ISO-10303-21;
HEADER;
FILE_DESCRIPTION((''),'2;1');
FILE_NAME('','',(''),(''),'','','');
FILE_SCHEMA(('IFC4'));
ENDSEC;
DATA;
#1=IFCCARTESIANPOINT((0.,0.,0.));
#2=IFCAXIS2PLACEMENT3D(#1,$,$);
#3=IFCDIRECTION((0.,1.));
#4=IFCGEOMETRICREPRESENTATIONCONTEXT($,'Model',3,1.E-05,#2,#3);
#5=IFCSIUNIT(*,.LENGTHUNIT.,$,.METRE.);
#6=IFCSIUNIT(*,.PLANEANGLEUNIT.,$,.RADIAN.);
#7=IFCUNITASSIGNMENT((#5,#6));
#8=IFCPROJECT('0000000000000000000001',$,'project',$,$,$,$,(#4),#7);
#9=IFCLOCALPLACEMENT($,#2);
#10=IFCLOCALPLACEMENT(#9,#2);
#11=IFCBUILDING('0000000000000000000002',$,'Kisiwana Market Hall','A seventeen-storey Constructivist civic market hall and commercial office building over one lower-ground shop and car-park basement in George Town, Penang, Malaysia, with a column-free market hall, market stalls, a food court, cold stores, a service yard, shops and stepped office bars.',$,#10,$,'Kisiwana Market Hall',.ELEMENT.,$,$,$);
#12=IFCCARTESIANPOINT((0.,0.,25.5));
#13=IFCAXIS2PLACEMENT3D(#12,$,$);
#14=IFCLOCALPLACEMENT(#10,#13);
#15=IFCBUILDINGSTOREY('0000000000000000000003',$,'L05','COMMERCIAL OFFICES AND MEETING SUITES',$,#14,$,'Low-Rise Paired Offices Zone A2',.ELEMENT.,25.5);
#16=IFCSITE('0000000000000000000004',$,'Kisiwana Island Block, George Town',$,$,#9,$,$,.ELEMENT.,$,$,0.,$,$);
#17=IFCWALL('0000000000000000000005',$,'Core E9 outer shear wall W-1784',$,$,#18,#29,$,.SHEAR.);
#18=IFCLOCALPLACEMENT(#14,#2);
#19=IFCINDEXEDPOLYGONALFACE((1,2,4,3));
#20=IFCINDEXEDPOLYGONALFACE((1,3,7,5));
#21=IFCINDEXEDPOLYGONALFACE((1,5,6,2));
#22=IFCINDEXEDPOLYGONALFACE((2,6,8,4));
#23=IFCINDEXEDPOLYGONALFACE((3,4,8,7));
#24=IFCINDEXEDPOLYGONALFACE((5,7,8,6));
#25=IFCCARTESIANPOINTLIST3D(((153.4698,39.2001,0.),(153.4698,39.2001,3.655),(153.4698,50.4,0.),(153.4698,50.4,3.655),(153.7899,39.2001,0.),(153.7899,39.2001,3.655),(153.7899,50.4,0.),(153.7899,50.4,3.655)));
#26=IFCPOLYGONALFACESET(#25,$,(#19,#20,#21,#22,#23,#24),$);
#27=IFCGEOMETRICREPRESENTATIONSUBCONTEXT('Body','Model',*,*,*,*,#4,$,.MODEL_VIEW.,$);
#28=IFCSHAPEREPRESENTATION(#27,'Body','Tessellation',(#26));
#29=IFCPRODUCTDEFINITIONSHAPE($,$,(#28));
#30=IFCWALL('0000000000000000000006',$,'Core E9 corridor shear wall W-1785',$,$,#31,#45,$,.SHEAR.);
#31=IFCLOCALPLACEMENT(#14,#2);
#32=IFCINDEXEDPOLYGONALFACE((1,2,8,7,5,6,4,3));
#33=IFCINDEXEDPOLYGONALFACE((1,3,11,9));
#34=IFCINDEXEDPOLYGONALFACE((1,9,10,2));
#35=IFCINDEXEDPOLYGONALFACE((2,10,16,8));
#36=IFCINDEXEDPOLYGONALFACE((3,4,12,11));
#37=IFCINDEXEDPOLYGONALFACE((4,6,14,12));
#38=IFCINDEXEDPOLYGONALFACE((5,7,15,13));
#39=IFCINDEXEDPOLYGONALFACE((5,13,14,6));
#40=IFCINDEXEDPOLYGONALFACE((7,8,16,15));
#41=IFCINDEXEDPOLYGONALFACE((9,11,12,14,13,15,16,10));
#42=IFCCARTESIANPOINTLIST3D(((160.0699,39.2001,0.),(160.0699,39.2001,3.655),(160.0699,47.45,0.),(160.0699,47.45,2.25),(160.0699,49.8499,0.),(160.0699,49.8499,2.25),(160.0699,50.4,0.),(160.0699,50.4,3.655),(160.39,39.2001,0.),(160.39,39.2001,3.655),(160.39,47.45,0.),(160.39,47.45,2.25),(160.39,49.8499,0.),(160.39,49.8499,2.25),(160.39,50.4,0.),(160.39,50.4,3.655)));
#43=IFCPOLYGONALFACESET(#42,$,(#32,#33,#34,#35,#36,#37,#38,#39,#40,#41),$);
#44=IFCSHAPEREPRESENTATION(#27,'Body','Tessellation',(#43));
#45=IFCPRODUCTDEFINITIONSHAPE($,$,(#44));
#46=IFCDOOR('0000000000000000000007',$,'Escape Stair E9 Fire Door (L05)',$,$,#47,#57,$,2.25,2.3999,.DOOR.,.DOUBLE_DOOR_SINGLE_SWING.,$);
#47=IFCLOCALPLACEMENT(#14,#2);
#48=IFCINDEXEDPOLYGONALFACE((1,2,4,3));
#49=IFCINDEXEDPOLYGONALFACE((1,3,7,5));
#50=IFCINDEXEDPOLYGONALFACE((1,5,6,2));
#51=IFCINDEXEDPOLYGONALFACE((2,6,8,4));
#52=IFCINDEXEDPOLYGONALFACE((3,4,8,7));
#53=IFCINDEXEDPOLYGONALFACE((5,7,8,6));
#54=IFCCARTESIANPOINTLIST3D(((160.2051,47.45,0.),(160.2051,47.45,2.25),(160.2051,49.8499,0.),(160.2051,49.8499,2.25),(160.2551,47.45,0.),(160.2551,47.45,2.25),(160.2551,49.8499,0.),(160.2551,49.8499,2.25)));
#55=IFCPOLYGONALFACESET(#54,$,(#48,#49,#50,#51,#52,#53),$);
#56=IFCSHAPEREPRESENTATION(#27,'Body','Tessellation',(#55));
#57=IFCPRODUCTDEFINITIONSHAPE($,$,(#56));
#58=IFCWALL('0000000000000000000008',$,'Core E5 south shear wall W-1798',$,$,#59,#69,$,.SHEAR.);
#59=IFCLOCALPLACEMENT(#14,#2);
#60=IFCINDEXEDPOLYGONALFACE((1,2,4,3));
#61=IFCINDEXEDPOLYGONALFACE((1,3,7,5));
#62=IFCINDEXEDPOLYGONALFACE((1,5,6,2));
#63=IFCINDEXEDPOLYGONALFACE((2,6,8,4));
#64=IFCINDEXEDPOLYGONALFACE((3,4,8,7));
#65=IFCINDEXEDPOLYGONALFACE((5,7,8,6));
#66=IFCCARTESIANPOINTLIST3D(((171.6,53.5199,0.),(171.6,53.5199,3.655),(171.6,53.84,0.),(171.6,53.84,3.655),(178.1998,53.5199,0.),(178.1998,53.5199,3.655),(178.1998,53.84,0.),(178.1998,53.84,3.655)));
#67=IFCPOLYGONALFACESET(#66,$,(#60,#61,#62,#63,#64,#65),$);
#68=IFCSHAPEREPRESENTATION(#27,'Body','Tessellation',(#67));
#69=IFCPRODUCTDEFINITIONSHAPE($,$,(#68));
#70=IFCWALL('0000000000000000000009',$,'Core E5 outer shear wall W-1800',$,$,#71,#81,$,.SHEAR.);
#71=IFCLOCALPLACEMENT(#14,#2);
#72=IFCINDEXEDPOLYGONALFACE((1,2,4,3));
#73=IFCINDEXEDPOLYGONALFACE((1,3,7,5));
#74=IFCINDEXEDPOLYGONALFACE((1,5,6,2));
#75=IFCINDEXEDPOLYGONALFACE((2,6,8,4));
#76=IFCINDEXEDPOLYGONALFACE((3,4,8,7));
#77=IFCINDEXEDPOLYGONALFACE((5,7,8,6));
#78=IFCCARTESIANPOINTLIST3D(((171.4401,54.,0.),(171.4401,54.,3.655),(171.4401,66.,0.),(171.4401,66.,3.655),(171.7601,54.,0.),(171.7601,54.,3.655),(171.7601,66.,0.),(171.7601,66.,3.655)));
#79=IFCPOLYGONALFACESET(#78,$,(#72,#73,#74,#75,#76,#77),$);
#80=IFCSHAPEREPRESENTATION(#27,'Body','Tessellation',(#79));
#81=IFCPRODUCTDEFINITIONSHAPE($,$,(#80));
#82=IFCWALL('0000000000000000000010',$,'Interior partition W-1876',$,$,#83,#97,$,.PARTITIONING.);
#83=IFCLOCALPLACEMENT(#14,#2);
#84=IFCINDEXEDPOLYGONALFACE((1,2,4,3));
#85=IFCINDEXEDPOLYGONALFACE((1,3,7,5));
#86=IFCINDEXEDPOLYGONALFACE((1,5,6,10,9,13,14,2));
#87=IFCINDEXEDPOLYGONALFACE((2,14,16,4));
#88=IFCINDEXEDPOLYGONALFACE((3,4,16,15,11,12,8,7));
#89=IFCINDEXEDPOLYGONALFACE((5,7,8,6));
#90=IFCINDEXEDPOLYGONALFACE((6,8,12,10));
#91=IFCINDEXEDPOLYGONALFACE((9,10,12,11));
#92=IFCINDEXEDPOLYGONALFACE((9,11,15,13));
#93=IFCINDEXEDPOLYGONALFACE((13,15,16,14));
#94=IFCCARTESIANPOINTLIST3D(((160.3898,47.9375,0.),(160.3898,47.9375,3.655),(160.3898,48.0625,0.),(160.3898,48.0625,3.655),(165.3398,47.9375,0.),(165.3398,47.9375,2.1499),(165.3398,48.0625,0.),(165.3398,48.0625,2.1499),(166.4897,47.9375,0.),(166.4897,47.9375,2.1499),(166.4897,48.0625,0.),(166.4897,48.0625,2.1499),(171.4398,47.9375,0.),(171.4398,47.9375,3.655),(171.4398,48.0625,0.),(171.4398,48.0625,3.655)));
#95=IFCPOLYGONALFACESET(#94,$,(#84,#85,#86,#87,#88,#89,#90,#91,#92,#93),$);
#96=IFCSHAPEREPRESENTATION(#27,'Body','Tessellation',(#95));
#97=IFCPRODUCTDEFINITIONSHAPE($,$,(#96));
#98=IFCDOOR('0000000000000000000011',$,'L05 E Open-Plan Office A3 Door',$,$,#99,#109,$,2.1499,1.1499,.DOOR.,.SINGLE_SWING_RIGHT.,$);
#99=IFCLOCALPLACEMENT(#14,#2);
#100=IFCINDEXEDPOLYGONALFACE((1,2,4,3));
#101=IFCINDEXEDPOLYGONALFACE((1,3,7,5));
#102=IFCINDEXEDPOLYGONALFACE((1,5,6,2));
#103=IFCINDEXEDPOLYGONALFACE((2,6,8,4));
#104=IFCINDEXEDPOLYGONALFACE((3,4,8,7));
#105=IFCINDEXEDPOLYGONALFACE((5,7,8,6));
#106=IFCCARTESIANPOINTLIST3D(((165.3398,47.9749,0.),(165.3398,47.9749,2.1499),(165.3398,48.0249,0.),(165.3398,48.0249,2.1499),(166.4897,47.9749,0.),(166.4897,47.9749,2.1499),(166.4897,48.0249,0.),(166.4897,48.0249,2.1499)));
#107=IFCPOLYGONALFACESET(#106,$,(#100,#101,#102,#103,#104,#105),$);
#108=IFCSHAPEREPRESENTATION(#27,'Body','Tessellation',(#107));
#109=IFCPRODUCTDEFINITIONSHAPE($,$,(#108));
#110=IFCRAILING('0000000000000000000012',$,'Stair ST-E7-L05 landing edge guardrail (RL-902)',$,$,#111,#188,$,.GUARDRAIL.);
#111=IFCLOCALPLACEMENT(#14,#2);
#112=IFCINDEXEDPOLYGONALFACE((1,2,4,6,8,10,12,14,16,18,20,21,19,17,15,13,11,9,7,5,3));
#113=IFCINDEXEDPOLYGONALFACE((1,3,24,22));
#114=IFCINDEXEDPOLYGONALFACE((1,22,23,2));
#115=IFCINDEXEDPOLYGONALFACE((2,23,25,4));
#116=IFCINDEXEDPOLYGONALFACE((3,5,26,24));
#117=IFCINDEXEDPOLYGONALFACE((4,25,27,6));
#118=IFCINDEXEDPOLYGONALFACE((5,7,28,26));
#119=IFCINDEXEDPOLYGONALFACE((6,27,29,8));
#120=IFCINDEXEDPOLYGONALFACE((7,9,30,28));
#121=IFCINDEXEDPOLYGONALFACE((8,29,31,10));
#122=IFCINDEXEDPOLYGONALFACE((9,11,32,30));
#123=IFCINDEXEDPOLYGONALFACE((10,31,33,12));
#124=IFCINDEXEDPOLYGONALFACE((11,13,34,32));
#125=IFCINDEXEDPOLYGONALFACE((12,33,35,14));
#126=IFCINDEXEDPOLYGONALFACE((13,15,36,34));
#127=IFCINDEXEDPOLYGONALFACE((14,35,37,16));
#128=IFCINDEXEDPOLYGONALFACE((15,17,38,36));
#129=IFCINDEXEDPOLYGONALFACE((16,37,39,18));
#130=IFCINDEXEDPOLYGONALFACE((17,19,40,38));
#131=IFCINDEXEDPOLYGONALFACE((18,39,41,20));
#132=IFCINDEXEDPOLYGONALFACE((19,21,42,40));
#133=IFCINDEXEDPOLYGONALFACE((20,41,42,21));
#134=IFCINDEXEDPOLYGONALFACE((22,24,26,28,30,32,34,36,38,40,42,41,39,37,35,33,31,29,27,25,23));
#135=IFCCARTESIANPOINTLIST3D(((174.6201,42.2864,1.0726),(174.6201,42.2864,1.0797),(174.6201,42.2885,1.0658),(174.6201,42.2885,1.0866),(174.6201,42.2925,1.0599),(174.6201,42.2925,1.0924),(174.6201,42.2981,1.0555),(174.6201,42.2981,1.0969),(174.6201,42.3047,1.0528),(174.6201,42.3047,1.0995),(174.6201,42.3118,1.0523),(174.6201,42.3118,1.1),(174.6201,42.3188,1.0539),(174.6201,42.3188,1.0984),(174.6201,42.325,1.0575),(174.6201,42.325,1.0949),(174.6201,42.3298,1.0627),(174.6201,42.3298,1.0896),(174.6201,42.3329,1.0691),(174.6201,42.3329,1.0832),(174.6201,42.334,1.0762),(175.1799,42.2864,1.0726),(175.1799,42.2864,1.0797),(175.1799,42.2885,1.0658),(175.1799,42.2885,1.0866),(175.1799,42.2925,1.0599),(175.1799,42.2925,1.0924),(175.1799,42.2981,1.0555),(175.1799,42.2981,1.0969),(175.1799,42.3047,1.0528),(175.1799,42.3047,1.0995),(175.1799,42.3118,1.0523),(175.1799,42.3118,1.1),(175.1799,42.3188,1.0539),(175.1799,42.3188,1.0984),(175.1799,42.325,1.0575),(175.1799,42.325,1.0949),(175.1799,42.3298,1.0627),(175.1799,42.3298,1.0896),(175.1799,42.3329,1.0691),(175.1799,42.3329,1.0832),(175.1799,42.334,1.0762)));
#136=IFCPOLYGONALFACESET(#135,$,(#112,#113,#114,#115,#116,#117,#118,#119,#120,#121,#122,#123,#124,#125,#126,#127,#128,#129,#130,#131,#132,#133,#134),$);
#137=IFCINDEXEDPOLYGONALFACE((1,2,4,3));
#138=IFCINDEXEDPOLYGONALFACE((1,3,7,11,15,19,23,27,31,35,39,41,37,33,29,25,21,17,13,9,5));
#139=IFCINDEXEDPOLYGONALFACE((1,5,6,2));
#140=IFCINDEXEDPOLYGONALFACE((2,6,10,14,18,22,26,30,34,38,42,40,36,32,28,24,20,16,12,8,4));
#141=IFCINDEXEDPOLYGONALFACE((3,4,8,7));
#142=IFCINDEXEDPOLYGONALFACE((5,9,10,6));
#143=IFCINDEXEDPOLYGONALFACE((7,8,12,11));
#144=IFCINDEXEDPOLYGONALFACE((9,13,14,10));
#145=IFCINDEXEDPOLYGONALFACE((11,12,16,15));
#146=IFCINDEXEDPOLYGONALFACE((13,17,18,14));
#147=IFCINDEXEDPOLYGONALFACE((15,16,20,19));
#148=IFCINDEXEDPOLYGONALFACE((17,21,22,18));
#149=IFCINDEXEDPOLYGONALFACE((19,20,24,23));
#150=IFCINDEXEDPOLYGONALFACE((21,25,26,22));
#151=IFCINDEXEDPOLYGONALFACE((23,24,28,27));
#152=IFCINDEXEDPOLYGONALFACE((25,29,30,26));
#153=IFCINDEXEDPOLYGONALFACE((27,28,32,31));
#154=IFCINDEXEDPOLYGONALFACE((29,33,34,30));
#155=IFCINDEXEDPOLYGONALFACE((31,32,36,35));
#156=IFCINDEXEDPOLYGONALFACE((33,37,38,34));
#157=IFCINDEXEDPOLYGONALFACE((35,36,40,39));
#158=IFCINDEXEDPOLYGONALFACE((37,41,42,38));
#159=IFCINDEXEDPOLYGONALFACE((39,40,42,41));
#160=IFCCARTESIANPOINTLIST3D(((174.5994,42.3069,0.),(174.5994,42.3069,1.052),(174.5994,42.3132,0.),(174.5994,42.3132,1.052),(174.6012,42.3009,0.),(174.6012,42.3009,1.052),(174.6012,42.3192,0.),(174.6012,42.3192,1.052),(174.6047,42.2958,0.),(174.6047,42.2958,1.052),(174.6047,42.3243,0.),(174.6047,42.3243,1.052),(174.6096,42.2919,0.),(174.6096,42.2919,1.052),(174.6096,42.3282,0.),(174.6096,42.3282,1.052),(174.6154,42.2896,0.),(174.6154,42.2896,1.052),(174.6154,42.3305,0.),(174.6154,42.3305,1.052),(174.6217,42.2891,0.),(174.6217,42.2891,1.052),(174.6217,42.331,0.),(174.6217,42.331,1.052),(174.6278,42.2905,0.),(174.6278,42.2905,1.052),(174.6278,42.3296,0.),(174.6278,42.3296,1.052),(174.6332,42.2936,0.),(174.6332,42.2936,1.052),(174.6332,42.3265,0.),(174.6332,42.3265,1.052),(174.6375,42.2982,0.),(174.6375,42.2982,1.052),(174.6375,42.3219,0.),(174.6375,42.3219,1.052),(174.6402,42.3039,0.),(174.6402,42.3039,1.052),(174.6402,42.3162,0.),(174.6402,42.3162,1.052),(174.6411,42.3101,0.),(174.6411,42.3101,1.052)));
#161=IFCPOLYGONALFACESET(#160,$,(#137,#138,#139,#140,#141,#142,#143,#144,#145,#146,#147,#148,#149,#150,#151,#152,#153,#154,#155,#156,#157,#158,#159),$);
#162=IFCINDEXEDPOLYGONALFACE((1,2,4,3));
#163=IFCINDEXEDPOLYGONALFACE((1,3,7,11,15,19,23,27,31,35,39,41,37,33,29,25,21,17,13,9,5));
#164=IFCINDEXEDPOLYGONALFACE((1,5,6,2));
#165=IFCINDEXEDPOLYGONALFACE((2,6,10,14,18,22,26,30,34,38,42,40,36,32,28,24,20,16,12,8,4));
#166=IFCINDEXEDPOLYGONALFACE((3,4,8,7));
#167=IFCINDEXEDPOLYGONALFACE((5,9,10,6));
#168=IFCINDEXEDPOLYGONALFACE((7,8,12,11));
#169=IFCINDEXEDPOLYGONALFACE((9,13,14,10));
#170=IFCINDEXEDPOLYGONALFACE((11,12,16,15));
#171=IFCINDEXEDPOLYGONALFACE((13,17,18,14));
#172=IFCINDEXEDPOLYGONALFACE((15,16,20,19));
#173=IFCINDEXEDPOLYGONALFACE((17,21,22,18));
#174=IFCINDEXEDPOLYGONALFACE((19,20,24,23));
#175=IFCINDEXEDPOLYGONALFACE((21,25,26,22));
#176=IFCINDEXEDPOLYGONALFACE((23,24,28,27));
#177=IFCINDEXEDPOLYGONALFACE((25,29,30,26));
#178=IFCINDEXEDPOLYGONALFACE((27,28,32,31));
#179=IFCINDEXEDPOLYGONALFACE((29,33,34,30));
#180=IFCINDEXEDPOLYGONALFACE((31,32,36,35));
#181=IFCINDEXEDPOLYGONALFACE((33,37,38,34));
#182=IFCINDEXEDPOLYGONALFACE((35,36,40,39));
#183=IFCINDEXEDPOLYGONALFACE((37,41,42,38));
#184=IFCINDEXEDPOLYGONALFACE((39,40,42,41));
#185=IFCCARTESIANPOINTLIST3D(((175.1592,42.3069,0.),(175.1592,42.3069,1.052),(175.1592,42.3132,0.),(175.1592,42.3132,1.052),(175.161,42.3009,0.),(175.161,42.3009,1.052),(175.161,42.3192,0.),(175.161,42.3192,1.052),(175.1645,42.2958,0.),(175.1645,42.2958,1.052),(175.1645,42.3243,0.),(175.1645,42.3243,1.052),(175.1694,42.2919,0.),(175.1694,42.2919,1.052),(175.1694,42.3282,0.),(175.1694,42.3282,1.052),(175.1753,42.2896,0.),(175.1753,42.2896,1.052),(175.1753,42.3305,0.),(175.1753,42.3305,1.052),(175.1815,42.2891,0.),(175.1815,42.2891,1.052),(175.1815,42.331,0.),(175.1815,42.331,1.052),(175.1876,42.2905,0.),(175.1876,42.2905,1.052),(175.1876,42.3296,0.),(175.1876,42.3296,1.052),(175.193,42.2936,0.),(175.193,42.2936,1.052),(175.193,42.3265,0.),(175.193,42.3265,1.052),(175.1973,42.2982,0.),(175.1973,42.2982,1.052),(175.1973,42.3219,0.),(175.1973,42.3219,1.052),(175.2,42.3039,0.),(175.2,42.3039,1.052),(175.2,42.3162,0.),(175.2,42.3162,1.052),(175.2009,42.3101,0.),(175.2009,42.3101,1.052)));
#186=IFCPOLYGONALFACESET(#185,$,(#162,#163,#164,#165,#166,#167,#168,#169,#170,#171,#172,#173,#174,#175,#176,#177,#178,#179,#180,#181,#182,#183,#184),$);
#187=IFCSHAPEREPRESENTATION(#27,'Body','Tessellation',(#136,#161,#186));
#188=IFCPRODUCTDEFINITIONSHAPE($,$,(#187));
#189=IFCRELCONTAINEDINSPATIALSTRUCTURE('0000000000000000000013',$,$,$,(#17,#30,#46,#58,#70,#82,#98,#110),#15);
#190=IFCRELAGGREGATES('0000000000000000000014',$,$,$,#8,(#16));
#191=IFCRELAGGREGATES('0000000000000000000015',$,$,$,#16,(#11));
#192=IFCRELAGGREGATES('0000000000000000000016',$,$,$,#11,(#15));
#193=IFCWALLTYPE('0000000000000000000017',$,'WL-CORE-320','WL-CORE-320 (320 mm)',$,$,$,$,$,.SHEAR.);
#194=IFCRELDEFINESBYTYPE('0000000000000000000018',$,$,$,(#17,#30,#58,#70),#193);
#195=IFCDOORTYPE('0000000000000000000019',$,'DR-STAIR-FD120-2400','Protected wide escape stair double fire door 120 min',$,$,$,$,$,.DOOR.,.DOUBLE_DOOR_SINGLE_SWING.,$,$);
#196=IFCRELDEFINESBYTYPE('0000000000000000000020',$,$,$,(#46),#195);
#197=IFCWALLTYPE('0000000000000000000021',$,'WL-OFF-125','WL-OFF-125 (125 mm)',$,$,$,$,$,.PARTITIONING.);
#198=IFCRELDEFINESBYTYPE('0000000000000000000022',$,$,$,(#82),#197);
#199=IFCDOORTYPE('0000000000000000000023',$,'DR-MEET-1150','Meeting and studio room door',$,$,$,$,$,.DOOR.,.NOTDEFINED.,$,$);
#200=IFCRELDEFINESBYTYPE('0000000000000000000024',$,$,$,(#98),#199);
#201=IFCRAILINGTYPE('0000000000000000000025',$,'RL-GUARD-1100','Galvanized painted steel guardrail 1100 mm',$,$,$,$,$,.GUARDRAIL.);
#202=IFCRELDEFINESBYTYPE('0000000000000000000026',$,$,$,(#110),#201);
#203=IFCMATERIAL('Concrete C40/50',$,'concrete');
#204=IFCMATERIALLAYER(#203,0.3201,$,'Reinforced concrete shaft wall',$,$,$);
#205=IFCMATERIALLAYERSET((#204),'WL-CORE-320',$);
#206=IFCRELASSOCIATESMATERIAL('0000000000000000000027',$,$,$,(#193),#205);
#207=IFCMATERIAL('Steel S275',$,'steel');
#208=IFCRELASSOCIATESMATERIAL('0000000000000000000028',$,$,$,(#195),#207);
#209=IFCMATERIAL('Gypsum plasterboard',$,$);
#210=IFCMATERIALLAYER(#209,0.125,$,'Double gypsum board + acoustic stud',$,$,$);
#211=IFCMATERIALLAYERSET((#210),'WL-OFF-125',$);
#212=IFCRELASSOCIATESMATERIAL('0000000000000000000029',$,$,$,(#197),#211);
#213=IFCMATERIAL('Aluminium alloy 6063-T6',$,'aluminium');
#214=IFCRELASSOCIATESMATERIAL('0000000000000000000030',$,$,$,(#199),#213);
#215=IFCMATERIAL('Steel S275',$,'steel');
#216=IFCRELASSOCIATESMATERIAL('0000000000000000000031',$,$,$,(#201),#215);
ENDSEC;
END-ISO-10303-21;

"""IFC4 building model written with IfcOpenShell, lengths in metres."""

from ifc_helpers import new_model, si_unit, direction, frame, frame_2d, origin, origin_2d, place, context, subcontext, project, spatial, rectangle, circle, extrude, material, layer, layer_set, type_object, element, fill, save


model = new_model("IFC4")

# Units and contexts
model_context = context("Model", 3, precision=1e-05, world=origin(), true_north=direction((0.0, 1.0)))
body_context = subcontext(model_context, "Body", "Model", "MODEL_VIEW")
ifc_project = project(units=[si_unit("LENGTHUNIT", "METRE"), si_unit("PLANEANGLEUNIT", "RADIAN")], contexts=[model_context])

# Site, building, storey
site_placement = place(None, origin())
site = spatial("IfcSite", under=ifc_project, at=site_placement, Name="Kisiwana Island Block, George Town", CompositionType="ELEMENT", RefElevation=0.0)
building_placement = place(site_placement, origin())
building = spatial("IfcBuilding", under=site, at=building_placement, Name="Kisiwana Market Hall", Description="A seventeen-storey Constructivist civic market hall and commercial office building over one lower-ground shop and car-park basement in George Town, Penang, Malaysia, with a column-free market hall, market stalls, a food court, cold stores, a service yard, shops and stepped office bars.", LongName="Kisiwana Market Hall", CompositionType="ELEMENT")
storey_placement = place(building_placement, frame((0.0, 0.0, 25.5)))
storey = spatial("IfcBuildingStorey", under=building, at=storey_placement, Name="L05", Description="COMMERCIAL OFFICES AND MEETING SUITES", LongName="Low-Rise Paired Offices Zone A2", CompositionType="ELEMENT", Elevation=25.5)

# Wall
ifc_material_1 = material(Name="Concrete C40/50", Category="concrete")
ifc_layer_1 = layer(ifc_material_1, 0.3201, Name="Reinforced concrete shaft wall")
ifc_layer_set_1 = layer_set([ifc_layer_1], Name="WL-CORE-320")
wall_type_1 = type_object("IfcWallType", Name="WL-CORE-320", Description="WL-CORE-320 (320 mm)", PredefinedType="SHEAR", material=ifc_layer_set_1)
wall_1_placement = place(storey_placement, frame((153.6299, 39.2, 0.0), z_axis=(0.0, 0.0, 1.0), x_axis=(0.0, 1.0, 0.0)))
element("IfcWall", 1, at=wall_1_placement, inside=storey, type_object=wall_type_1, Name="Core E9 outer shear wall W-1784", PredefinedType="SHEAR", context=body_context, shape_type="SweptSolid", body=[
    extrude(rectangle(XDim=11.2, YDim=0.3201, at=frame_2d((5.6001, 0.0))), origin(), (0.0, 0.0, 1.0), 3.655),
])

# Wall, opening, door
wall_2_placement = place(storey_placement, frame((160.23, 39.2, 0.0), z_axis=(0.0, 0.0, 1.0), x_axis=(0.0, 1.0, 0.0)))
wall_2 = element("IfcWall", 2, at=wall_2_placement, inside=storey, type_object=wall_type_1, Name="Core E9 corridor shear wall W-1785", PredefinedType="SHEAR", context=body_context, shape_type="SweptSolid", body=[
    extrude(rectangle(XDim=11.2, YDim=0.3201, at=frame_2d((5.6001, 0.0))), origin(), (0.0, 0.0, 1.0), 3.655),
])
opening_1_placement = place(wall_2_placement, frame((8.25, 0.0, 0.0)))
opening_1 = element("IfcOpeningElement", 3, at=opening_1_placement, cuts=wall_2, PredefinedType="OPENING", context=body_context, shape_type="SweptSolid", body=[
    extrude(rectangle(XDim=2.3999, YDim=2.25, at=frame_2d((1.2, 1.125))), frame((0.0, 0.1719, 0.0), z_axis=(0.0, -1.0, 0.0), x_axis=(1.0, 0.0, 0.0)), (0.0, 0.0, 1.0), 0.344),
])
ifc_material_2 = material(Name="Steel S275", Category="steel")
door_type_1 = type_object("IfcDoorType", Name="DR-STAIR-FD120-2400", Description="Protected wide escape stair double fire door 120 min", OperationType="DOUBLE_DOOR_SINGLE_SWING", PredefinedType="DOOR", material=ifc_material_2)
door_1_placement = place(opening_1_placement, origin())
door_1 = element("IfcDoor", 4, at=door_1_placement, inside=storey, type_object=door_type_1, Name="Escape Stair E9 Fire Door (L05)", OperationType="DOUBLE_DOOR_SINGLE_SWING", OverallHeight=2.25, OverallWidth=2.3999, PredefinedType="DOOR", context=body_context, shape_type="SweptSolid", body=[
    extrude(rectangle(XDim=2.3999, YDim=2.25, at=frame_2d((1.2, 1.125))), frame((0.0, 0.0249, 0.0), z_axis=(0.0, -1.0, 0.0), x_axis=(1.0, 0.0, 0.0)), (0.0, 0.0, 1.0), 0.05),
])
fill(opening_1, door_1)

# Walls
wall_3_placement = place(storey_placement, frame((171.6001, 53.6799, 0.0), z_axis=(0.0, 0.0, 1.0), x_axis=(1.0, 0.0, 0.0)))
element("IfcWall", 5, at=wall_3_placement, inside=storey, type_object=wall_type_1, Name="Core E5 south shear wall W-1798", PredefinedType="SHEAR", context=body_context, shape_type="SweptSolid", body=[
    extrude(rectangle(XDim=6.5999, YDim=0.3201, at=frame_2d((3.2998, 0.0))), origin(), (0.0, 0.0, 1.0), 3.655),
])
wall_4_placement = place(storey_placement, frame((171.6001, 54.0, 0.0), z_axis=(0.0, 0.0, 1.0), x_axis=(0.0, 1.0, 0.0)))
element("IfcWall", 6, at=wall_4_placement, inside=storey, type_object=wall_type_1, Name="Core E5 outer shear wall W-1800", PredefinedType="SHEAR", context=body_context, shape_type="SweptSolid", body=[
    extrude(rectangle(XDim=12.0, YDim=0.3201, at=frame_2d((6.0, 0.0))), origin(), (0.0, 0.0, 1.0), 3.655),
])

# Wall, opening, door
ifc_material_3 = material(Name="Gypsum plasterboard")
ifc_layer_2 = layer(ifc_material_3, 0.125, Name="Double gypsum board + acoustic stud")
ifc_layer_set_2 = layer_set([ifc_layer_2], Name="WL-OFF-125")
wall_type_2 = type_object("IfcWallType", Name="WL-OFF-125", Description="WL-OFF-125 (125 mm)", PredefinedType="PARTITIONING", material=ifc_layer_set_2)
wall_5_placement = place(storey_placement, frame((160.3899, 48.0, 0.0), z_axis=(0.0, 0.0, 1.0), x_axis=(1.0, 0.0, 0.0)))
wall_5 = element("IfcWall", 7, at=wall_5_placement, inside=storey, type_object=wall_type_2, Name="Interior partition W-1876", PredefinedType="PARTITIONING", context=body_context, shape_type="SweptSolid", body=[
    extrude(rectangle(XDim=11.05, YDim=0.125, at=frame_2d((5.5249, 0.0))), origin(), (0.0, 0.0, 1.0), 3.655),
])
opening_2_placement = place(wall_5_placement, frame((4.95, 0.0, 0.0)))
opening_2 = element("IfcOpeningElement", 8, at=opening_2_placement, cuts=wall_5, PredefinedType="OPENING", context=body_context, shape_type="SweptSolid", body=[
    extrude(rectangle(XDim=1.1499, YDim=2.1499, at=frame_2d((0.575, 1.075))), frame((0.0, 0.0745, 0.0), z_axis=(0.0, -1.0, 0.0), x_axis=(1.0, 0.0, 0.0)), (0.0, 0.0, 1.0), 0.1489),
])
ifc_material_4 = material(Name="Aluminium alloy 6063-T6", Category="aluminium")
door_type_2 = type_object("IfcDoorType", Name="DR-MEET-1150", Description="Meeting and studio room door", OperationType="NOTDEFINED", PredefinedType="DOOR", material=ifc_material_4)
door_2_placement = place(opening_2_placement, origin())
door_2 = element("IfcDoor", 9, at=door_2_placement, inside=storey, type_object=door_type_2, Name="L05 E Open-Plan Office A3 Door", OperationType="SINGLE_SWING_RIGHT", OverallHeight=2.1499, OverallWidth=1.1499, PredefinedType="DOOR", context=body_context, shape_type="SweptSolid", body=[
    extrude(rectangle(XDim=1.1499, YDim=2.1499, at=frame_2d((0.575, 1.075))), frame((0.0, 0.0249, 0.0), z_axis=(0.0, -1.0, 0.0), x_axis=(1.0, 0.0, 0.0)), (0.0, 0.0, 1.0), 0.05),
])
fill(opening_2, door_2)

# Railing
ifc_material_5 = material(Name="Steel S275", Category="steel")
railing_type_1 = type_object("IfcRailingType", Name="RL-GUARD-1100", Description="Galvanized painted steel guardrail 1100 mm", PredefinedType="GUARDRAIL", material=ifc_material_5)
railing_1_placement = place(storey_placement, frame((174.6201, 42.3101, 0.0)))
element("IfcRailing", 10, at=railing_1_placement, inside=storey, type_object=railing_type_1, Name="Stair ST-E7-L05 landing edge guardrail (RL-902)", PredefinedType="GUARDRAIL", context=body_context, shape_type="SweptSolid", body=[
    extrude(circle(Radius=0.0239, at=origin_2d()), frame((0.0, 0.0, 1.0762), z_axis=(1.0, 0.0, 0.0), x_axis=(0.0, 1.0, 0.0)), (0.0, 0.0, 1.0), 0.5598),
    extrude(circle(Radius=0.021, at=origin_2d()), origin(), (0.0, 0.0, 1.0), 1.052),
    extrude(circle(Radius=0.021, at=origin_2d()), frame((0.5598, 0.0, 0.0)), (0.0, 0.0, 1.0), 1.052),
])

save(model, "model.ifc")
